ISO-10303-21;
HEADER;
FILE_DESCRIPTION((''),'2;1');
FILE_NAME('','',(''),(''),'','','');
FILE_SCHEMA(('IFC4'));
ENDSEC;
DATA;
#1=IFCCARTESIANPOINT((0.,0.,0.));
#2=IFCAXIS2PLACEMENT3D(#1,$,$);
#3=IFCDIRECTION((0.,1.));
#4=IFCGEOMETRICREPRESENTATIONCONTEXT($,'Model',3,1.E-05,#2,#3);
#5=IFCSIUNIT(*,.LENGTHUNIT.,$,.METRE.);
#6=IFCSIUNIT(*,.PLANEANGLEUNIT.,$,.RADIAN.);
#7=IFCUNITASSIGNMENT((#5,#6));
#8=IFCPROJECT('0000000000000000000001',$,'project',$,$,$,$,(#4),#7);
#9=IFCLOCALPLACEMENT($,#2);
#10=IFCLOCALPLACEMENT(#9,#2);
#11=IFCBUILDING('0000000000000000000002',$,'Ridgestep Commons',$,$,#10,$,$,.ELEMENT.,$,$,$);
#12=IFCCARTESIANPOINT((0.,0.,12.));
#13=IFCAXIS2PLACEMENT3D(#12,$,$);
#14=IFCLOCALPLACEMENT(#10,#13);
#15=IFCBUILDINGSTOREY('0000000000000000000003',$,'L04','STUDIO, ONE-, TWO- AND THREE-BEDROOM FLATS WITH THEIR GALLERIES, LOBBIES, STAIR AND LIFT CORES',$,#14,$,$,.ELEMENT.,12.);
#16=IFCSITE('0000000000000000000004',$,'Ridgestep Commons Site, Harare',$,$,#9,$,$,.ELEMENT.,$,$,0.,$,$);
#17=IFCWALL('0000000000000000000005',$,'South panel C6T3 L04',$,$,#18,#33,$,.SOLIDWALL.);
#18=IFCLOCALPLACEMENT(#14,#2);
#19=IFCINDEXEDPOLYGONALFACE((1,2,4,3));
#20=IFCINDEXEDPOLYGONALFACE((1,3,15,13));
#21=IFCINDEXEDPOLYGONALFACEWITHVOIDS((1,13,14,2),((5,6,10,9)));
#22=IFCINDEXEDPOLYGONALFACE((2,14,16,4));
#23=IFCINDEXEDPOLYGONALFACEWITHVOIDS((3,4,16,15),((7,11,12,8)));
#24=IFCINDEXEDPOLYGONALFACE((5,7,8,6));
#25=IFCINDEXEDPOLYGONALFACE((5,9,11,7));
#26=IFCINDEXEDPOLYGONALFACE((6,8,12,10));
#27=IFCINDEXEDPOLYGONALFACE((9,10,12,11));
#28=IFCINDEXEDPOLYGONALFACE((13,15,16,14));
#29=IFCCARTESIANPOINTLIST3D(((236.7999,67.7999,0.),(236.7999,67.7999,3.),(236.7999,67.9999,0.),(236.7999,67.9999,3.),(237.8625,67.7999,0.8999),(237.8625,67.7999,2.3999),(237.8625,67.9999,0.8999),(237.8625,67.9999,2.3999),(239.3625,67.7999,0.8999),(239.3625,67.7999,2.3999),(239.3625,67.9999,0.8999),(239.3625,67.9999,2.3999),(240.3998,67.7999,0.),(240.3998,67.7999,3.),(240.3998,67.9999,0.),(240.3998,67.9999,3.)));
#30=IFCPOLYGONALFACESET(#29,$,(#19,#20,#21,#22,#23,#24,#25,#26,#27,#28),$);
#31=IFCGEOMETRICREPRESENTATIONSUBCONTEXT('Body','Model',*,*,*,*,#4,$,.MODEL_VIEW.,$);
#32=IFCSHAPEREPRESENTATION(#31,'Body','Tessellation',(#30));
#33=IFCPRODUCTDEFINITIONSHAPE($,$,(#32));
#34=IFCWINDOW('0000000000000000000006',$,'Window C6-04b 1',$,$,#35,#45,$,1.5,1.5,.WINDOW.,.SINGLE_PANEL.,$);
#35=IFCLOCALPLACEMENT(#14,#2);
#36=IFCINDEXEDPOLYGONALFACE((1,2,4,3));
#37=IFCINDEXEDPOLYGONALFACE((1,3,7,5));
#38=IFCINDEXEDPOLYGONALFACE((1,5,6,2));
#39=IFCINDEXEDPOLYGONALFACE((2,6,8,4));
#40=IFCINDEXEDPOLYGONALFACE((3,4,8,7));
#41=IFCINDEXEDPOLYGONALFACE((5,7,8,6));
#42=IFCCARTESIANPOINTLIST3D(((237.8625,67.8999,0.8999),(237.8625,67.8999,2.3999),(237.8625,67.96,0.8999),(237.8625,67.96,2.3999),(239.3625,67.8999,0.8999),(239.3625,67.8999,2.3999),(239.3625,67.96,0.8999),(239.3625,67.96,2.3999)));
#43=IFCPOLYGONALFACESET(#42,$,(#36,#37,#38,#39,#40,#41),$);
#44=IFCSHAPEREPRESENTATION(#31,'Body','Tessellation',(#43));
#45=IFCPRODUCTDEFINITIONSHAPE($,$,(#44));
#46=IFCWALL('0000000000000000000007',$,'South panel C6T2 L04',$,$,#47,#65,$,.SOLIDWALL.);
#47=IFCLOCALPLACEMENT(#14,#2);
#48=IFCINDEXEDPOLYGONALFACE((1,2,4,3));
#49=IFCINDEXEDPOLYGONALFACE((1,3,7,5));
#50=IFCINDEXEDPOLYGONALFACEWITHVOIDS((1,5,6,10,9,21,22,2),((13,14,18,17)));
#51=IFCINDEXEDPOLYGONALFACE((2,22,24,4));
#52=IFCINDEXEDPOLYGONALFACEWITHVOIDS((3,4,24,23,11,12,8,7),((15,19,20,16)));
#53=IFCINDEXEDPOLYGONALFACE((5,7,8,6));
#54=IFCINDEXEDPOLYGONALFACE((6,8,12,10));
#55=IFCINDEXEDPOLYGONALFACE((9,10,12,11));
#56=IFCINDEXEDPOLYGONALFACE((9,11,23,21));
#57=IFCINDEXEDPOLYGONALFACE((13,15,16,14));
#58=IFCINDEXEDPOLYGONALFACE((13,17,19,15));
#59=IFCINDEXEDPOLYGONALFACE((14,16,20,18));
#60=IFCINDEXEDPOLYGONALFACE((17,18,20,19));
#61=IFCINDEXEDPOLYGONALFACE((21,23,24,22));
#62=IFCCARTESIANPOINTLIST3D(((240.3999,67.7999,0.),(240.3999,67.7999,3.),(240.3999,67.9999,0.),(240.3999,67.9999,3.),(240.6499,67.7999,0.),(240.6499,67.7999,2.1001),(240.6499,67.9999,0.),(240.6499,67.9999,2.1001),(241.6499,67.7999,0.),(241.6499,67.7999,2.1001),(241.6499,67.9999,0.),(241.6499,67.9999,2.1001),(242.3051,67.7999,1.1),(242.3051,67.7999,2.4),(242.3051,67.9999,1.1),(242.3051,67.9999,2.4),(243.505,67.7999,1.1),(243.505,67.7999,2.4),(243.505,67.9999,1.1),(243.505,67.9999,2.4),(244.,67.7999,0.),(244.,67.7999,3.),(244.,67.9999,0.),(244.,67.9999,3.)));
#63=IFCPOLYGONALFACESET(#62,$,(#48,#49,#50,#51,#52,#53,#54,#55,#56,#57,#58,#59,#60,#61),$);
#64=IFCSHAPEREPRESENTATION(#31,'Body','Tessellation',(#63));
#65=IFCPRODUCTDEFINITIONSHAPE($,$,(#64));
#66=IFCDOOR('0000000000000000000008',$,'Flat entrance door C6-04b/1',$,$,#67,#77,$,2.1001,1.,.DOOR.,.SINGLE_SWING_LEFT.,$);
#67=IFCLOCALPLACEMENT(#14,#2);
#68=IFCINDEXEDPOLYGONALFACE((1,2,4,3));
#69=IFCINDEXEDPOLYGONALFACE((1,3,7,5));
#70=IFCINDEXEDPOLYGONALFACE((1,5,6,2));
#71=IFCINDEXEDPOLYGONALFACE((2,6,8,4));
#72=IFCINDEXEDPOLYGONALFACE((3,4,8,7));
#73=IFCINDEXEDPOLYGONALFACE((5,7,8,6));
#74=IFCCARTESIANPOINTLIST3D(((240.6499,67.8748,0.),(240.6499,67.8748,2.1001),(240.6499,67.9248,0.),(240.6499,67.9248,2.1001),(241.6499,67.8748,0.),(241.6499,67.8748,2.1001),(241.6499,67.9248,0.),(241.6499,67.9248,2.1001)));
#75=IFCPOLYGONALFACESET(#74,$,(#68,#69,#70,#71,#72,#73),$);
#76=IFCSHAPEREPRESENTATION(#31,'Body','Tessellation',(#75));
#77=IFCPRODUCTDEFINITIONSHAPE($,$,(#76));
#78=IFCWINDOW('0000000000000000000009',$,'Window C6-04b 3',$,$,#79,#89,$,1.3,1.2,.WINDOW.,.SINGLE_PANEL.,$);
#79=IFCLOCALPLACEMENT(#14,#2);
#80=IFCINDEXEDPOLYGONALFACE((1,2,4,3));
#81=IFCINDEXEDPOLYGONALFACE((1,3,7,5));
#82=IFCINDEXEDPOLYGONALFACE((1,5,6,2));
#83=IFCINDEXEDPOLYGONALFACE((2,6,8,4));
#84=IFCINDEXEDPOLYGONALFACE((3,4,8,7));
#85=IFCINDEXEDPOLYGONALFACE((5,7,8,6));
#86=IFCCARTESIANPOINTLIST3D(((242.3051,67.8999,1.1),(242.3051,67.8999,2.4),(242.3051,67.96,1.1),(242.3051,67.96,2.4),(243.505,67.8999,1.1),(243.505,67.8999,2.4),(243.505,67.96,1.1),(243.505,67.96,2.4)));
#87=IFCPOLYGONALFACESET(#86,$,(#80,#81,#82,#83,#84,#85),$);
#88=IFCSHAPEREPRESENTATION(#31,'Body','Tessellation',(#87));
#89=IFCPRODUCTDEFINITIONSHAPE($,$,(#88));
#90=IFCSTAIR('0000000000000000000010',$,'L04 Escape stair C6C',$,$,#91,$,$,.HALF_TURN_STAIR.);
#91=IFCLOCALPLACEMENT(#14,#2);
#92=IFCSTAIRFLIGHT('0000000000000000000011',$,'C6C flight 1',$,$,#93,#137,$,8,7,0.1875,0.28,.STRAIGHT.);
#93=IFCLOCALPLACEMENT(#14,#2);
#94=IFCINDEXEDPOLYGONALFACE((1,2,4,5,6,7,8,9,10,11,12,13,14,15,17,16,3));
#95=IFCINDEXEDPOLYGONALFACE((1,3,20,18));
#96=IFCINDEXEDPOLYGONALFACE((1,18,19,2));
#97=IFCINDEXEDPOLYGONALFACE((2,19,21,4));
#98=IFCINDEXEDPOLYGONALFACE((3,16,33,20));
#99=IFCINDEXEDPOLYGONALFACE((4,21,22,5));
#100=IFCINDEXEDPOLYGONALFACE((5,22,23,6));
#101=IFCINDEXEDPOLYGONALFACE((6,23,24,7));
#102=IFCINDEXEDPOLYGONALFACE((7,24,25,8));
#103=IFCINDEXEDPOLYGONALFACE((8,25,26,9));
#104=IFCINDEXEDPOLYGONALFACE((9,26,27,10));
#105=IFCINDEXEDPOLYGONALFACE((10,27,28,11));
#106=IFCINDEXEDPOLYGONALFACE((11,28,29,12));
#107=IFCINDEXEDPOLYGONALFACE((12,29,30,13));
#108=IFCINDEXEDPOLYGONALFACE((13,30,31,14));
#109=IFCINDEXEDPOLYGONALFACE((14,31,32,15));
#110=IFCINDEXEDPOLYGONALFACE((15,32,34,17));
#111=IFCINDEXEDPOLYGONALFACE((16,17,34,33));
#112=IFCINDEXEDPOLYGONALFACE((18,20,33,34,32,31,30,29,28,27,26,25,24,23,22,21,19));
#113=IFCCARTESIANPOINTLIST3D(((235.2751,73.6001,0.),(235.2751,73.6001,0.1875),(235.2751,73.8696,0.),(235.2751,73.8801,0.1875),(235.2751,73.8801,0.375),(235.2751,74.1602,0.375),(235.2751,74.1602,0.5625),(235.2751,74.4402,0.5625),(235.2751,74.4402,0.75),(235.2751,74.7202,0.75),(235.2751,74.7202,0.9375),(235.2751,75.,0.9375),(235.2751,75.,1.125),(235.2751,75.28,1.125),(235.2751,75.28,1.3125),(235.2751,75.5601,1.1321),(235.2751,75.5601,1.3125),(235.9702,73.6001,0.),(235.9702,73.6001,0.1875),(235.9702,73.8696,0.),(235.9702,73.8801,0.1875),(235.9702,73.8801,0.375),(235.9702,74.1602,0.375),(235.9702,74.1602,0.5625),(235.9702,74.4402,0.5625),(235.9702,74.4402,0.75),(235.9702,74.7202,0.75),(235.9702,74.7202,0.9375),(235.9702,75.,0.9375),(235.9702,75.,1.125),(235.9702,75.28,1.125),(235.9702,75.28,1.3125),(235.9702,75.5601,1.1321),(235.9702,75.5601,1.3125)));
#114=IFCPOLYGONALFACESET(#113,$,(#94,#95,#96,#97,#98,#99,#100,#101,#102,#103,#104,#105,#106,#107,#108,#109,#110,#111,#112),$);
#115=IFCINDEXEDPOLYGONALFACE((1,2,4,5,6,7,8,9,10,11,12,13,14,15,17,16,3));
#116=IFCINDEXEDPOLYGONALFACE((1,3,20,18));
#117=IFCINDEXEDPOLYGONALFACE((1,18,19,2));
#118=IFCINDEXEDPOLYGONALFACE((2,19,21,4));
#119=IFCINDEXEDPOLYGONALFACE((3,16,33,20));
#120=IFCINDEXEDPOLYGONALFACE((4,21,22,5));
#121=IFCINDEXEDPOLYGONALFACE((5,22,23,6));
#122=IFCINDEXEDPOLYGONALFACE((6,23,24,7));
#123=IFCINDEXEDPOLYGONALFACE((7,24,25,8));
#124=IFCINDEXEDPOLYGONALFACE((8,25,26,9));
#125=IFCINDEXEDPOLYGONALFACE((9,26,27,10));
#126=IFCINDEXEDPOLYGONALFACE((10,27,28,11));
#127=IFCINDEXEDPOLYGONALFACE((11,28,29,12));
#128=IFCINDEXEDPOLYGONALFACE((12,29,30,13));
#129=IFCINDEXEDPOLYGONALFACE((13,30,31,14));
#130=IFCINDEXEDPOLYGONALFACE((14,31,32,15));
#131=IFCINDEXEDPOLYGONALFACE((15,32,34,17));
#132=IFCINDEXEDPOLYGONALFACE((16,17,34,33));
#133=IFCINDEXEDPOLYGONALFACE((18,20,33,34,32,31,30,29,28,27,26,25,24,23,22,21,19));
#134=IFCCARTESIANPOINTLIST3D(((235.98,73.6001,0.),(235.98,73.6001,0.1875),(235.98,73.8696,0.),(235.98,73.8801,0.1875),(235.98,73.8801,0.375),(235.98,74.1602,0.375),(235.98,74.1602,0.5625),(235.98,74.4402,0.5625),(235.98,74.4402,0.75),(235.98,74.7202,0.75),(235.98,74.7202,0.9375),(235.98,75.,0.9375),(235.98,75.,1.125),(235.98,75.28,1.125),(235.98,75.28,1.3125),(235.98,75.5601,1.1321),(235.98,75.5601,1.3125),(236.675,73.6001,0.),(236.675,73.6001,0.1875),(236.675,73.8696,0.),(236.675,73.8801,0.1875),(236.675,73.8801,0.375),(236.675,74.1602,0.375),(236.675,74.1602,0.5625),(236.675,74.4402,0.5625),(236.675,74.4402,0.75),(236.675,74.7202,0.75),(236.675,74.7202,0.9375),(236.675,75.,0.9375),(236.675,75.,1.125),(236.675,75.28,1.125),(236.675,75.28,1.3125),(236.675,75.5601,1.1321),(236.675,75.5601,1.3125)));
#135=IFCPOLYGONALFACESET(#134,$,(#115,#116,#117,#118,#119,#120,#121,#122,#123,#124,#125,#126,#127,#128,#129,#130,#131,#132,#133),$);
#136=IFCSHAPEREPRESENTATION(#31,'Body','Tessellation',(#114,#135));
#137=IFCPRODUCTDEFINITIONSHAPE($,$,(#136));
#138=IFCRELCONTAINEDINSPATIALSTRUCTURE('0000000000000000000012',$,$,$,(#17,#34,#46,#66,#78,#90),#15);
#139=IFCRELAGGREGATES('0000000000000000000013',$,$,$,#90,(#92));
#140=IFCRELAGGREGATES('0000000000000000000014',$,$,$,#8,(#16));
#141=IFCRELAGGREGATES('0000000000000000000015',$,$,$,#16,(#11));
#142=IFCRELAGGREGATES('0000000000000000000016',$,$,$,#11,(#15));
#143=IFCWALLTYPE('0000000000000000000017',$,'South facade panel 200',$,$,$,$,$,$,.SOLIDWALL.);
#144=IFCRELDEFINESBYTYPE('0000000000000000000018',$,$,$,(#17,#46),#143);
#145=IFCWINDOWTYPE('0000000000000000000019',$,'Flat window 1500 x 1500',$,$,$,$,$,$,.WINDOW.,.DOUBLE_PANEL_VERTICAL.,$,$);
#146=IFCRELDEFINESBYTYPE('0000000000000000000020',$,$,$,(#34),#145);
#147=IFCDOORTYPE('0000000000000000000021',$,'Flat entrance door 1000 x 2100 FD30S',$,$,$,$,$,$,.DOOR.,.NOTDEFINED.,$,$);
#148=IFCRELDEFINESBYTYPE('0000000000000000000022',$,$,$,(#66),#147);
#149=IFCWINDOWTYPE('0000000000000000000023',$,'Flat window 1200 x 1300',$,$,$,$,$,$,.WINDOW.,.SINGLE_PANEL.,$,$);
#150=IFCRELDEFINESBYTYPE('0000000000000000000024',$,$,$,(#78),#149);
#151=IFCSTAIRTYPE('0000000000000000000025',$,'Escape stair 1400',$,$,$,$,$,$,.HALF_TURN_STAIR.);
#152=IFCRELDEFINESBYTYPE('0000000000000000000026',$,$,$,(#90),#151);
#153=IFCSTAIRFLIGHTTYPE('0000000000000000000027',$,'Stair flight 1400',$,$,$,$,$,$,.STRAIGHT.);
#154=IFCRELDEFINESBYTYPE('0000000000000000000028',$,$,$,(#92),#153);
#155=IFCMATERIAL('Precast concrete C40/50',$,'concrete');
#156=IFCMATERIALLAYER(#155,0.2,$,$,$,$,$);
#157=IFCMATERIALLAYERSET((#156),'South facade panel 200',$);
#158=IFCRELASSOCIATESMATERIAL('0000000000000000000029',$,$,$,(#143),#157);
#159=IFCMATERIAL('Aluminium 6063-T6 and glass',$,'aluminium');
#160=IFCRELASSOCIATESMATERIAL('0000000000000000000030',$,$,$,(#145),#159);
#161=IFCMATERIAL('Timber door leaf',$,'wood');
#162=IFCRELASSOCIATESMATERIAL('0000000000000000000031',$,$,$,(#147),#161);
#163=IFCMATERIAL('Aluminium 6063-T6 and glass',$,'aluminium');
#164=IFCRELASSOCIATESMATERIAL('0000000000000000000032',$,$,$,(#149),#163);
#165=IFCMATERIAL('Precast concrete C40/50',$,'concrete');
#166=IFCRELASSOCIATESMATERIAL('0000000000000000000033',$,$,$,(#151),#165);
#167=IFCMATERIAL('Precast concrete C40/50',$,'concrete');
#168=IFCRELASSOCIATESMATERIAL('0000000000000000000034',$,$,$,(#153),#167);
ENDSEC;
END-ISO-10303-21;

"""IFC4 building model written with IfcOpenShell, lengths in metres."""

from ifc_helpers import new_model, si_unit, direction, frame, frame_2d, origin, place, context, subcontext, project, spatial, polyline, rectangle, outline, extrude, material, layer, layer_set, type_object, element, fill, aggregate, save


model = new_model("IFC4")

# Units and contexts
model_context = context("Model", 3, precision=1e-05, world=origin(), true_north=direction((0.0, 1.0)))
body_context = subcontext(model_context, "Body", "Model", "MODEL_VIEW")
ifc_project = project(units=[si_unit("LENGTHUNIT", "METRE"), si_unit("PLANEANGLEUNIT", "RADIAN")], contexts=[model_context])

# Site, building, storey
site_placement = place(None, origin())
site = spatial("IfcSite", under=ifc_project, at=site_placement, Name="Ridgestep Commons Site, Harare", CompositionType="ELEMENT", RefElevation=0.0)
building_placement = place(site_placement, origin())
building = spatial("IfcBuilding", under=site, at=building_placement, Name="Ridgestep Commons", CompositionType="ELEMENT")
storey_placement = place(building_placement, frame((0.0, 0.0, 12.0)))
storey = spatial("IfcBuildingStorey", under=building, at=storey_placement, Name="L04", Description="STUDIO, ONE-, TWO- AND THREE-BEDROOM FLATS WITH THEIR GALLERIES, LOBBIES, STAIR AND LIFT CORES", CompositionType="ELEMENT", Elevation=12.0)

# Wall, opening, window
ifc_material_1 = material(Name="Precast concrete C40/50", Category="concrete")
ifc_layer_1 = layer(ifc_material_1, 0.2)
ifc_layer_set_1 = layer_set([ifc_layer_1], Name="South facade panel 200")
wall_type_1 = type_object("IfcWallType", Name="South facade panel 200", PredefinedType="SOLIDWALL", material=ifc_layer_set_1)
wall_1_placement = place(storey_placement, frame((236.8, 67.8999, 0.0), z_axis=(0.0, 0.0, 1.0), x_axis=(1.0, 0.0, 0.0)))
wall_1 = element("IfcWall", 1, at=wall_1_placement, inside=storey, type_object=wall_type_1, Name="South panel C6T3 L04", PredefinedType="SOLIDWALL", context=body_context, shape_type="SweptSolid", body=[
    extrude(rectangle(XDim=3.5999, YDim=0.2, at=frame_2d((1.7998, 0.0))), origin(), (0.0, 0.0, 1.0), 3.0),
])
opening_1_placement = place(wall_1_placement, frame((1.0625, 0.0, 0.8999)))
opening_1 = element("IfcOpeningElement", 2, at=opening_1_placement, cuts=wall_1, PredefinedType="OPENING", context=body_context, shape_type="SweptSolid", body=[
    extrude(rectangle(XDim=1.5, YDim=1.5, at=frame_2d((0.75, 0.75))), frame((0.0, 0.1099, 0.0), z_axis=(0.0, -1.0, 0.0), x_axis=(1.0, 0.0, 0.0)), (0.0, 0.0, 1.0), 0.22),
])
ifc_material_2 = material(Name="Aluminium 6063-T6 and glass", Category="aluminium")
window_type_1 = type_object("IfcWindowType", Name="Flat window 1500 x 1500", PartitioningType="DOUBLE_PANEL_VERTICAL", PredefinedType="WINDOW", material=ifc_material_2)
window_1_placement = place(opening_1_placement, origin())
window_1 = element("IfcWindow", 3, at=window_1_placement, inside=storey, type_object=window_type_1, Name="Window C6-04b 1", OverallHeight=1.5, OverallWidth=1.5, PartitioningType="SINGLE_PANEL", PredefinedType="WINDOW", context=body_context, shape_type="SweptSolid", body=[
    extrude(rectangle(XDim=1.5, YDim=1.5, at=frame_2d((0.75, 0.75))), frame((0.0, 0.0601, 0.0), z_axis=(0.0, -1.0, 0.0), x_axis=(1.0, 0.0, 0.0)), (0.0, 0.0, 1.0), 0.0601),
])
fill(opening_1, window_1)

# Wall, openings, door, window
wall_2_placement = place(storey_placement, frame((240.3999, 67.8999, 0.0), z_axis=(0.0, 0.0, 1.0), x_axis=(1.0, 0.0, 0.0)))
wall_2 = element("IfcWall", 4, at=wall_2_placement, inside=storey, type_object=wall_type_1, Name="South panel C6T2 L04", PredefinedType="SOLIDWALL", context=body_context, shape_type="SweptSolid", body=[
    extrude(rectangle(XDim=3.6001, YDim=0.2, at=frame_2d((1.8, 0.0))), origin(), (0.0, 0.0, 1.0), 3.0),
])
opening_2_placement = place(wall_2_placement, frame((1.905, 0.0, 1.1001)))
opening_2 = element("IfcOpeningElement", 5, at=opening_2_placement, cuts=wall_2, PredefinedType="OPENING", context=body_context, shape_type="SweptSolid", body=[
    extrude(rectangle(XDim=1.2, YDim=1.3, at=frame_2d((0.6001, 0.6499))), frame((0.0, 0.1099, 0.0), z_axis=(0.0, -1.0, 0.0), x_axis=(1.0, 0.0, 0.0)), (0.0, 0.0, 1.0), 0.22),
])
opening_3_placement = place(wall_2_placement, frame((0.25, 0.0, 0.0)))
opening_3 = element("IfcOpeningElement", 6, at=opening_3_placement, cuts=wall_2, PredefinedType="OPENING", context=body_context, shape_type="SweptSolid", body=[
    extrude(rectangle(XDim=1.0, YDim=2.1001, at=frame_2d((0.5, 1.05))), frame((0.0, 0.1099, 0.0), z_axis=(0.0, -1.0, 0.0), x_axis=(1.0, 0.0, 0.0)), (0.0, 0.0, 1.0), 0.22),
])
ifc_material_3 = material(Name="Timber door leaf", Category="wood")
door_type_1 = type_object("IfcDoorType", Name="Flat entrance door 1000 x 2100 FD30S", OperationType="NOTDEFINED", PredefinedType="DOOR", material=ifc_material_3)
door_1_placement = place(opening_3_placement, origin())
door_1 = element("IfcDoor", 7, at=door_1_placement, inside=storey, type_object=door_type_1, Name="Flat entrance door C6-04b/1", OperationType="SINGLE_SWING_LEFT", OverallHeight=2.1001, OverallWidth=1.0, PredefinedType="DOOR", context=body_context, shape_type="SweptSolid", body=[
    extrude(rectangle(XDim=1.0, YDim=2.1001, at=frame_2d((0.5, 1.05))), frame((0.0, 0.0249, 0.0), z_axis=(0.0, -1.0, 0.0), x_axis=(1.0, 0.0, 0.0)), (0.0, 0.0, 1.0), 0.05),
])
fill(opening_3, door_1)
ifc_material_4 = material(Name="Aluminium 6063-T6 and glass", Category="aluminium")
window_type_2 = type_object("IfcWindowType", Name="Flat window 1200 x 1300", PartitioningType="SINGLE_PANEL", PredefinedType="WINDOW", material=ifc_material_4)
window_2_placement = place(opening_2_placement, origin())
window_2 = element("IfcWindow", 8, at=window_2_placement, inside=storey, type_object=window_type_2, Name="Window C6-04b 3", OverallHeight=1.3, OverallWidth=1.2, PartitioningType="SINGLE_PANEL", PredefinedType="WINDOW", context=body_context, shape_type="SweptSolid", body=[
    extrude(rectangle(XDim=1.2, YDim=1.3, at=frame_2d((0.6001, 0.6499))), frame((0.0, 0.0601, 0.0), z_axis=(0.0, -1.0, 0.0), x_axis=(1.0, 0.0, 0.0)), (0.0, 0.0, 1.0), 0.0601),
])
fill(opening_2, window_2)

# Stair, stair flight
ifc_material_5 = material(Name="Precast concrete C40/50", Category="concrete")
stair_type = type_object("IfcStairType", Name="Escape stair 1400", PredefinedType="HALF_TURN_STAIR", material=ifc_material_5)
stair_placement = place(storey_placement, origin())
stair = element("IfcStair", 9, at=stair_placement, inside=storey, type_object=stair_type, Name="L04 Escape stair C6C", PredefinedType="HALF_TURN_STAIR")
ifc_material_6 = material(Name="Precast concrete C40/50", Category="concrete")
stair_flight_type = type_object("IfcStairFlightType", Name="Stair flight 1400", PredefinedType="STRAIGHT", material=ifc_material_6)
stair_flight_placement = place(storey_placement, frame((235.9751, 73.6001, 0.0), z_axis=(0.0, 0.0, 1.0), x_axis=(0.0, 1.0, 0.0)))
stair_flight = element("IfcStairFlight", 10, at=stair_flight_placement, type_object=stair_flight_type, Name="C6C flight 1", NumberOfRisers=8, NumberOfTreads=7, PredefinedType="STRAIGHT", RiserHeight=0.1875, TreadLength=0.28, context=body_context, shape_type="SweptSolid", body=[
    extrude(outline(polyline([(0.0, 0.0), (0.0, 0.1875), (0.28, 0.1875), (0.28, 0.375), (0.5601, 0.375), (0.5601, 0.5625), (0.8401, 0.5625), (0.8401, 0.75), (1.1201, 0.75), (1.1201, 0.9375), (1.3999, 0.9375), (1.3999, 1.125), (1.6799, 1.125), (1.6799, 1.3125), (1.96, 1.3125), (1.96, 1.5), (1.96, 1.1321), (0.2695, 0.0), (0.0, 0.0)])), frame((0.0, 0.7, 0.0), z_axis=(0.0, -1.0, 0.0), x_axis=(1.0, 0.0, 0.0)), (0.0, 0.0, 1.0), 0.6951),
    extrude(outline(polyline([(0.0, 0.0), (0.0, 0.1875), (0.28, 0.1875), (0.28, 0.375), (0.5601, 0.375), (0.5601, 0.5625), (0.8401, 0.5625), (0.8401, 0.75), (1.1201, 0.75), (1.1201, 0.9375), (1.3999, 0.9375), (1.3999, 1.125), (1.6799, 1.125), (1.6799, 1.3125), (1.96, 1.3125), (1.96, 1.5), (1.96, 1.1321), (0.2695, 0.0), (0.0, 0.0)])), frame((0.0, -0.0049, 0.0), z_axis=(0.0, -1.0, 0.0), x_axis=(1.0, 0.0, 0.0)), (0.0, 0.0, 1.0), 0.6951),
])
aggregate(stair, [stair_flight])

save(model, "model.ifc")
